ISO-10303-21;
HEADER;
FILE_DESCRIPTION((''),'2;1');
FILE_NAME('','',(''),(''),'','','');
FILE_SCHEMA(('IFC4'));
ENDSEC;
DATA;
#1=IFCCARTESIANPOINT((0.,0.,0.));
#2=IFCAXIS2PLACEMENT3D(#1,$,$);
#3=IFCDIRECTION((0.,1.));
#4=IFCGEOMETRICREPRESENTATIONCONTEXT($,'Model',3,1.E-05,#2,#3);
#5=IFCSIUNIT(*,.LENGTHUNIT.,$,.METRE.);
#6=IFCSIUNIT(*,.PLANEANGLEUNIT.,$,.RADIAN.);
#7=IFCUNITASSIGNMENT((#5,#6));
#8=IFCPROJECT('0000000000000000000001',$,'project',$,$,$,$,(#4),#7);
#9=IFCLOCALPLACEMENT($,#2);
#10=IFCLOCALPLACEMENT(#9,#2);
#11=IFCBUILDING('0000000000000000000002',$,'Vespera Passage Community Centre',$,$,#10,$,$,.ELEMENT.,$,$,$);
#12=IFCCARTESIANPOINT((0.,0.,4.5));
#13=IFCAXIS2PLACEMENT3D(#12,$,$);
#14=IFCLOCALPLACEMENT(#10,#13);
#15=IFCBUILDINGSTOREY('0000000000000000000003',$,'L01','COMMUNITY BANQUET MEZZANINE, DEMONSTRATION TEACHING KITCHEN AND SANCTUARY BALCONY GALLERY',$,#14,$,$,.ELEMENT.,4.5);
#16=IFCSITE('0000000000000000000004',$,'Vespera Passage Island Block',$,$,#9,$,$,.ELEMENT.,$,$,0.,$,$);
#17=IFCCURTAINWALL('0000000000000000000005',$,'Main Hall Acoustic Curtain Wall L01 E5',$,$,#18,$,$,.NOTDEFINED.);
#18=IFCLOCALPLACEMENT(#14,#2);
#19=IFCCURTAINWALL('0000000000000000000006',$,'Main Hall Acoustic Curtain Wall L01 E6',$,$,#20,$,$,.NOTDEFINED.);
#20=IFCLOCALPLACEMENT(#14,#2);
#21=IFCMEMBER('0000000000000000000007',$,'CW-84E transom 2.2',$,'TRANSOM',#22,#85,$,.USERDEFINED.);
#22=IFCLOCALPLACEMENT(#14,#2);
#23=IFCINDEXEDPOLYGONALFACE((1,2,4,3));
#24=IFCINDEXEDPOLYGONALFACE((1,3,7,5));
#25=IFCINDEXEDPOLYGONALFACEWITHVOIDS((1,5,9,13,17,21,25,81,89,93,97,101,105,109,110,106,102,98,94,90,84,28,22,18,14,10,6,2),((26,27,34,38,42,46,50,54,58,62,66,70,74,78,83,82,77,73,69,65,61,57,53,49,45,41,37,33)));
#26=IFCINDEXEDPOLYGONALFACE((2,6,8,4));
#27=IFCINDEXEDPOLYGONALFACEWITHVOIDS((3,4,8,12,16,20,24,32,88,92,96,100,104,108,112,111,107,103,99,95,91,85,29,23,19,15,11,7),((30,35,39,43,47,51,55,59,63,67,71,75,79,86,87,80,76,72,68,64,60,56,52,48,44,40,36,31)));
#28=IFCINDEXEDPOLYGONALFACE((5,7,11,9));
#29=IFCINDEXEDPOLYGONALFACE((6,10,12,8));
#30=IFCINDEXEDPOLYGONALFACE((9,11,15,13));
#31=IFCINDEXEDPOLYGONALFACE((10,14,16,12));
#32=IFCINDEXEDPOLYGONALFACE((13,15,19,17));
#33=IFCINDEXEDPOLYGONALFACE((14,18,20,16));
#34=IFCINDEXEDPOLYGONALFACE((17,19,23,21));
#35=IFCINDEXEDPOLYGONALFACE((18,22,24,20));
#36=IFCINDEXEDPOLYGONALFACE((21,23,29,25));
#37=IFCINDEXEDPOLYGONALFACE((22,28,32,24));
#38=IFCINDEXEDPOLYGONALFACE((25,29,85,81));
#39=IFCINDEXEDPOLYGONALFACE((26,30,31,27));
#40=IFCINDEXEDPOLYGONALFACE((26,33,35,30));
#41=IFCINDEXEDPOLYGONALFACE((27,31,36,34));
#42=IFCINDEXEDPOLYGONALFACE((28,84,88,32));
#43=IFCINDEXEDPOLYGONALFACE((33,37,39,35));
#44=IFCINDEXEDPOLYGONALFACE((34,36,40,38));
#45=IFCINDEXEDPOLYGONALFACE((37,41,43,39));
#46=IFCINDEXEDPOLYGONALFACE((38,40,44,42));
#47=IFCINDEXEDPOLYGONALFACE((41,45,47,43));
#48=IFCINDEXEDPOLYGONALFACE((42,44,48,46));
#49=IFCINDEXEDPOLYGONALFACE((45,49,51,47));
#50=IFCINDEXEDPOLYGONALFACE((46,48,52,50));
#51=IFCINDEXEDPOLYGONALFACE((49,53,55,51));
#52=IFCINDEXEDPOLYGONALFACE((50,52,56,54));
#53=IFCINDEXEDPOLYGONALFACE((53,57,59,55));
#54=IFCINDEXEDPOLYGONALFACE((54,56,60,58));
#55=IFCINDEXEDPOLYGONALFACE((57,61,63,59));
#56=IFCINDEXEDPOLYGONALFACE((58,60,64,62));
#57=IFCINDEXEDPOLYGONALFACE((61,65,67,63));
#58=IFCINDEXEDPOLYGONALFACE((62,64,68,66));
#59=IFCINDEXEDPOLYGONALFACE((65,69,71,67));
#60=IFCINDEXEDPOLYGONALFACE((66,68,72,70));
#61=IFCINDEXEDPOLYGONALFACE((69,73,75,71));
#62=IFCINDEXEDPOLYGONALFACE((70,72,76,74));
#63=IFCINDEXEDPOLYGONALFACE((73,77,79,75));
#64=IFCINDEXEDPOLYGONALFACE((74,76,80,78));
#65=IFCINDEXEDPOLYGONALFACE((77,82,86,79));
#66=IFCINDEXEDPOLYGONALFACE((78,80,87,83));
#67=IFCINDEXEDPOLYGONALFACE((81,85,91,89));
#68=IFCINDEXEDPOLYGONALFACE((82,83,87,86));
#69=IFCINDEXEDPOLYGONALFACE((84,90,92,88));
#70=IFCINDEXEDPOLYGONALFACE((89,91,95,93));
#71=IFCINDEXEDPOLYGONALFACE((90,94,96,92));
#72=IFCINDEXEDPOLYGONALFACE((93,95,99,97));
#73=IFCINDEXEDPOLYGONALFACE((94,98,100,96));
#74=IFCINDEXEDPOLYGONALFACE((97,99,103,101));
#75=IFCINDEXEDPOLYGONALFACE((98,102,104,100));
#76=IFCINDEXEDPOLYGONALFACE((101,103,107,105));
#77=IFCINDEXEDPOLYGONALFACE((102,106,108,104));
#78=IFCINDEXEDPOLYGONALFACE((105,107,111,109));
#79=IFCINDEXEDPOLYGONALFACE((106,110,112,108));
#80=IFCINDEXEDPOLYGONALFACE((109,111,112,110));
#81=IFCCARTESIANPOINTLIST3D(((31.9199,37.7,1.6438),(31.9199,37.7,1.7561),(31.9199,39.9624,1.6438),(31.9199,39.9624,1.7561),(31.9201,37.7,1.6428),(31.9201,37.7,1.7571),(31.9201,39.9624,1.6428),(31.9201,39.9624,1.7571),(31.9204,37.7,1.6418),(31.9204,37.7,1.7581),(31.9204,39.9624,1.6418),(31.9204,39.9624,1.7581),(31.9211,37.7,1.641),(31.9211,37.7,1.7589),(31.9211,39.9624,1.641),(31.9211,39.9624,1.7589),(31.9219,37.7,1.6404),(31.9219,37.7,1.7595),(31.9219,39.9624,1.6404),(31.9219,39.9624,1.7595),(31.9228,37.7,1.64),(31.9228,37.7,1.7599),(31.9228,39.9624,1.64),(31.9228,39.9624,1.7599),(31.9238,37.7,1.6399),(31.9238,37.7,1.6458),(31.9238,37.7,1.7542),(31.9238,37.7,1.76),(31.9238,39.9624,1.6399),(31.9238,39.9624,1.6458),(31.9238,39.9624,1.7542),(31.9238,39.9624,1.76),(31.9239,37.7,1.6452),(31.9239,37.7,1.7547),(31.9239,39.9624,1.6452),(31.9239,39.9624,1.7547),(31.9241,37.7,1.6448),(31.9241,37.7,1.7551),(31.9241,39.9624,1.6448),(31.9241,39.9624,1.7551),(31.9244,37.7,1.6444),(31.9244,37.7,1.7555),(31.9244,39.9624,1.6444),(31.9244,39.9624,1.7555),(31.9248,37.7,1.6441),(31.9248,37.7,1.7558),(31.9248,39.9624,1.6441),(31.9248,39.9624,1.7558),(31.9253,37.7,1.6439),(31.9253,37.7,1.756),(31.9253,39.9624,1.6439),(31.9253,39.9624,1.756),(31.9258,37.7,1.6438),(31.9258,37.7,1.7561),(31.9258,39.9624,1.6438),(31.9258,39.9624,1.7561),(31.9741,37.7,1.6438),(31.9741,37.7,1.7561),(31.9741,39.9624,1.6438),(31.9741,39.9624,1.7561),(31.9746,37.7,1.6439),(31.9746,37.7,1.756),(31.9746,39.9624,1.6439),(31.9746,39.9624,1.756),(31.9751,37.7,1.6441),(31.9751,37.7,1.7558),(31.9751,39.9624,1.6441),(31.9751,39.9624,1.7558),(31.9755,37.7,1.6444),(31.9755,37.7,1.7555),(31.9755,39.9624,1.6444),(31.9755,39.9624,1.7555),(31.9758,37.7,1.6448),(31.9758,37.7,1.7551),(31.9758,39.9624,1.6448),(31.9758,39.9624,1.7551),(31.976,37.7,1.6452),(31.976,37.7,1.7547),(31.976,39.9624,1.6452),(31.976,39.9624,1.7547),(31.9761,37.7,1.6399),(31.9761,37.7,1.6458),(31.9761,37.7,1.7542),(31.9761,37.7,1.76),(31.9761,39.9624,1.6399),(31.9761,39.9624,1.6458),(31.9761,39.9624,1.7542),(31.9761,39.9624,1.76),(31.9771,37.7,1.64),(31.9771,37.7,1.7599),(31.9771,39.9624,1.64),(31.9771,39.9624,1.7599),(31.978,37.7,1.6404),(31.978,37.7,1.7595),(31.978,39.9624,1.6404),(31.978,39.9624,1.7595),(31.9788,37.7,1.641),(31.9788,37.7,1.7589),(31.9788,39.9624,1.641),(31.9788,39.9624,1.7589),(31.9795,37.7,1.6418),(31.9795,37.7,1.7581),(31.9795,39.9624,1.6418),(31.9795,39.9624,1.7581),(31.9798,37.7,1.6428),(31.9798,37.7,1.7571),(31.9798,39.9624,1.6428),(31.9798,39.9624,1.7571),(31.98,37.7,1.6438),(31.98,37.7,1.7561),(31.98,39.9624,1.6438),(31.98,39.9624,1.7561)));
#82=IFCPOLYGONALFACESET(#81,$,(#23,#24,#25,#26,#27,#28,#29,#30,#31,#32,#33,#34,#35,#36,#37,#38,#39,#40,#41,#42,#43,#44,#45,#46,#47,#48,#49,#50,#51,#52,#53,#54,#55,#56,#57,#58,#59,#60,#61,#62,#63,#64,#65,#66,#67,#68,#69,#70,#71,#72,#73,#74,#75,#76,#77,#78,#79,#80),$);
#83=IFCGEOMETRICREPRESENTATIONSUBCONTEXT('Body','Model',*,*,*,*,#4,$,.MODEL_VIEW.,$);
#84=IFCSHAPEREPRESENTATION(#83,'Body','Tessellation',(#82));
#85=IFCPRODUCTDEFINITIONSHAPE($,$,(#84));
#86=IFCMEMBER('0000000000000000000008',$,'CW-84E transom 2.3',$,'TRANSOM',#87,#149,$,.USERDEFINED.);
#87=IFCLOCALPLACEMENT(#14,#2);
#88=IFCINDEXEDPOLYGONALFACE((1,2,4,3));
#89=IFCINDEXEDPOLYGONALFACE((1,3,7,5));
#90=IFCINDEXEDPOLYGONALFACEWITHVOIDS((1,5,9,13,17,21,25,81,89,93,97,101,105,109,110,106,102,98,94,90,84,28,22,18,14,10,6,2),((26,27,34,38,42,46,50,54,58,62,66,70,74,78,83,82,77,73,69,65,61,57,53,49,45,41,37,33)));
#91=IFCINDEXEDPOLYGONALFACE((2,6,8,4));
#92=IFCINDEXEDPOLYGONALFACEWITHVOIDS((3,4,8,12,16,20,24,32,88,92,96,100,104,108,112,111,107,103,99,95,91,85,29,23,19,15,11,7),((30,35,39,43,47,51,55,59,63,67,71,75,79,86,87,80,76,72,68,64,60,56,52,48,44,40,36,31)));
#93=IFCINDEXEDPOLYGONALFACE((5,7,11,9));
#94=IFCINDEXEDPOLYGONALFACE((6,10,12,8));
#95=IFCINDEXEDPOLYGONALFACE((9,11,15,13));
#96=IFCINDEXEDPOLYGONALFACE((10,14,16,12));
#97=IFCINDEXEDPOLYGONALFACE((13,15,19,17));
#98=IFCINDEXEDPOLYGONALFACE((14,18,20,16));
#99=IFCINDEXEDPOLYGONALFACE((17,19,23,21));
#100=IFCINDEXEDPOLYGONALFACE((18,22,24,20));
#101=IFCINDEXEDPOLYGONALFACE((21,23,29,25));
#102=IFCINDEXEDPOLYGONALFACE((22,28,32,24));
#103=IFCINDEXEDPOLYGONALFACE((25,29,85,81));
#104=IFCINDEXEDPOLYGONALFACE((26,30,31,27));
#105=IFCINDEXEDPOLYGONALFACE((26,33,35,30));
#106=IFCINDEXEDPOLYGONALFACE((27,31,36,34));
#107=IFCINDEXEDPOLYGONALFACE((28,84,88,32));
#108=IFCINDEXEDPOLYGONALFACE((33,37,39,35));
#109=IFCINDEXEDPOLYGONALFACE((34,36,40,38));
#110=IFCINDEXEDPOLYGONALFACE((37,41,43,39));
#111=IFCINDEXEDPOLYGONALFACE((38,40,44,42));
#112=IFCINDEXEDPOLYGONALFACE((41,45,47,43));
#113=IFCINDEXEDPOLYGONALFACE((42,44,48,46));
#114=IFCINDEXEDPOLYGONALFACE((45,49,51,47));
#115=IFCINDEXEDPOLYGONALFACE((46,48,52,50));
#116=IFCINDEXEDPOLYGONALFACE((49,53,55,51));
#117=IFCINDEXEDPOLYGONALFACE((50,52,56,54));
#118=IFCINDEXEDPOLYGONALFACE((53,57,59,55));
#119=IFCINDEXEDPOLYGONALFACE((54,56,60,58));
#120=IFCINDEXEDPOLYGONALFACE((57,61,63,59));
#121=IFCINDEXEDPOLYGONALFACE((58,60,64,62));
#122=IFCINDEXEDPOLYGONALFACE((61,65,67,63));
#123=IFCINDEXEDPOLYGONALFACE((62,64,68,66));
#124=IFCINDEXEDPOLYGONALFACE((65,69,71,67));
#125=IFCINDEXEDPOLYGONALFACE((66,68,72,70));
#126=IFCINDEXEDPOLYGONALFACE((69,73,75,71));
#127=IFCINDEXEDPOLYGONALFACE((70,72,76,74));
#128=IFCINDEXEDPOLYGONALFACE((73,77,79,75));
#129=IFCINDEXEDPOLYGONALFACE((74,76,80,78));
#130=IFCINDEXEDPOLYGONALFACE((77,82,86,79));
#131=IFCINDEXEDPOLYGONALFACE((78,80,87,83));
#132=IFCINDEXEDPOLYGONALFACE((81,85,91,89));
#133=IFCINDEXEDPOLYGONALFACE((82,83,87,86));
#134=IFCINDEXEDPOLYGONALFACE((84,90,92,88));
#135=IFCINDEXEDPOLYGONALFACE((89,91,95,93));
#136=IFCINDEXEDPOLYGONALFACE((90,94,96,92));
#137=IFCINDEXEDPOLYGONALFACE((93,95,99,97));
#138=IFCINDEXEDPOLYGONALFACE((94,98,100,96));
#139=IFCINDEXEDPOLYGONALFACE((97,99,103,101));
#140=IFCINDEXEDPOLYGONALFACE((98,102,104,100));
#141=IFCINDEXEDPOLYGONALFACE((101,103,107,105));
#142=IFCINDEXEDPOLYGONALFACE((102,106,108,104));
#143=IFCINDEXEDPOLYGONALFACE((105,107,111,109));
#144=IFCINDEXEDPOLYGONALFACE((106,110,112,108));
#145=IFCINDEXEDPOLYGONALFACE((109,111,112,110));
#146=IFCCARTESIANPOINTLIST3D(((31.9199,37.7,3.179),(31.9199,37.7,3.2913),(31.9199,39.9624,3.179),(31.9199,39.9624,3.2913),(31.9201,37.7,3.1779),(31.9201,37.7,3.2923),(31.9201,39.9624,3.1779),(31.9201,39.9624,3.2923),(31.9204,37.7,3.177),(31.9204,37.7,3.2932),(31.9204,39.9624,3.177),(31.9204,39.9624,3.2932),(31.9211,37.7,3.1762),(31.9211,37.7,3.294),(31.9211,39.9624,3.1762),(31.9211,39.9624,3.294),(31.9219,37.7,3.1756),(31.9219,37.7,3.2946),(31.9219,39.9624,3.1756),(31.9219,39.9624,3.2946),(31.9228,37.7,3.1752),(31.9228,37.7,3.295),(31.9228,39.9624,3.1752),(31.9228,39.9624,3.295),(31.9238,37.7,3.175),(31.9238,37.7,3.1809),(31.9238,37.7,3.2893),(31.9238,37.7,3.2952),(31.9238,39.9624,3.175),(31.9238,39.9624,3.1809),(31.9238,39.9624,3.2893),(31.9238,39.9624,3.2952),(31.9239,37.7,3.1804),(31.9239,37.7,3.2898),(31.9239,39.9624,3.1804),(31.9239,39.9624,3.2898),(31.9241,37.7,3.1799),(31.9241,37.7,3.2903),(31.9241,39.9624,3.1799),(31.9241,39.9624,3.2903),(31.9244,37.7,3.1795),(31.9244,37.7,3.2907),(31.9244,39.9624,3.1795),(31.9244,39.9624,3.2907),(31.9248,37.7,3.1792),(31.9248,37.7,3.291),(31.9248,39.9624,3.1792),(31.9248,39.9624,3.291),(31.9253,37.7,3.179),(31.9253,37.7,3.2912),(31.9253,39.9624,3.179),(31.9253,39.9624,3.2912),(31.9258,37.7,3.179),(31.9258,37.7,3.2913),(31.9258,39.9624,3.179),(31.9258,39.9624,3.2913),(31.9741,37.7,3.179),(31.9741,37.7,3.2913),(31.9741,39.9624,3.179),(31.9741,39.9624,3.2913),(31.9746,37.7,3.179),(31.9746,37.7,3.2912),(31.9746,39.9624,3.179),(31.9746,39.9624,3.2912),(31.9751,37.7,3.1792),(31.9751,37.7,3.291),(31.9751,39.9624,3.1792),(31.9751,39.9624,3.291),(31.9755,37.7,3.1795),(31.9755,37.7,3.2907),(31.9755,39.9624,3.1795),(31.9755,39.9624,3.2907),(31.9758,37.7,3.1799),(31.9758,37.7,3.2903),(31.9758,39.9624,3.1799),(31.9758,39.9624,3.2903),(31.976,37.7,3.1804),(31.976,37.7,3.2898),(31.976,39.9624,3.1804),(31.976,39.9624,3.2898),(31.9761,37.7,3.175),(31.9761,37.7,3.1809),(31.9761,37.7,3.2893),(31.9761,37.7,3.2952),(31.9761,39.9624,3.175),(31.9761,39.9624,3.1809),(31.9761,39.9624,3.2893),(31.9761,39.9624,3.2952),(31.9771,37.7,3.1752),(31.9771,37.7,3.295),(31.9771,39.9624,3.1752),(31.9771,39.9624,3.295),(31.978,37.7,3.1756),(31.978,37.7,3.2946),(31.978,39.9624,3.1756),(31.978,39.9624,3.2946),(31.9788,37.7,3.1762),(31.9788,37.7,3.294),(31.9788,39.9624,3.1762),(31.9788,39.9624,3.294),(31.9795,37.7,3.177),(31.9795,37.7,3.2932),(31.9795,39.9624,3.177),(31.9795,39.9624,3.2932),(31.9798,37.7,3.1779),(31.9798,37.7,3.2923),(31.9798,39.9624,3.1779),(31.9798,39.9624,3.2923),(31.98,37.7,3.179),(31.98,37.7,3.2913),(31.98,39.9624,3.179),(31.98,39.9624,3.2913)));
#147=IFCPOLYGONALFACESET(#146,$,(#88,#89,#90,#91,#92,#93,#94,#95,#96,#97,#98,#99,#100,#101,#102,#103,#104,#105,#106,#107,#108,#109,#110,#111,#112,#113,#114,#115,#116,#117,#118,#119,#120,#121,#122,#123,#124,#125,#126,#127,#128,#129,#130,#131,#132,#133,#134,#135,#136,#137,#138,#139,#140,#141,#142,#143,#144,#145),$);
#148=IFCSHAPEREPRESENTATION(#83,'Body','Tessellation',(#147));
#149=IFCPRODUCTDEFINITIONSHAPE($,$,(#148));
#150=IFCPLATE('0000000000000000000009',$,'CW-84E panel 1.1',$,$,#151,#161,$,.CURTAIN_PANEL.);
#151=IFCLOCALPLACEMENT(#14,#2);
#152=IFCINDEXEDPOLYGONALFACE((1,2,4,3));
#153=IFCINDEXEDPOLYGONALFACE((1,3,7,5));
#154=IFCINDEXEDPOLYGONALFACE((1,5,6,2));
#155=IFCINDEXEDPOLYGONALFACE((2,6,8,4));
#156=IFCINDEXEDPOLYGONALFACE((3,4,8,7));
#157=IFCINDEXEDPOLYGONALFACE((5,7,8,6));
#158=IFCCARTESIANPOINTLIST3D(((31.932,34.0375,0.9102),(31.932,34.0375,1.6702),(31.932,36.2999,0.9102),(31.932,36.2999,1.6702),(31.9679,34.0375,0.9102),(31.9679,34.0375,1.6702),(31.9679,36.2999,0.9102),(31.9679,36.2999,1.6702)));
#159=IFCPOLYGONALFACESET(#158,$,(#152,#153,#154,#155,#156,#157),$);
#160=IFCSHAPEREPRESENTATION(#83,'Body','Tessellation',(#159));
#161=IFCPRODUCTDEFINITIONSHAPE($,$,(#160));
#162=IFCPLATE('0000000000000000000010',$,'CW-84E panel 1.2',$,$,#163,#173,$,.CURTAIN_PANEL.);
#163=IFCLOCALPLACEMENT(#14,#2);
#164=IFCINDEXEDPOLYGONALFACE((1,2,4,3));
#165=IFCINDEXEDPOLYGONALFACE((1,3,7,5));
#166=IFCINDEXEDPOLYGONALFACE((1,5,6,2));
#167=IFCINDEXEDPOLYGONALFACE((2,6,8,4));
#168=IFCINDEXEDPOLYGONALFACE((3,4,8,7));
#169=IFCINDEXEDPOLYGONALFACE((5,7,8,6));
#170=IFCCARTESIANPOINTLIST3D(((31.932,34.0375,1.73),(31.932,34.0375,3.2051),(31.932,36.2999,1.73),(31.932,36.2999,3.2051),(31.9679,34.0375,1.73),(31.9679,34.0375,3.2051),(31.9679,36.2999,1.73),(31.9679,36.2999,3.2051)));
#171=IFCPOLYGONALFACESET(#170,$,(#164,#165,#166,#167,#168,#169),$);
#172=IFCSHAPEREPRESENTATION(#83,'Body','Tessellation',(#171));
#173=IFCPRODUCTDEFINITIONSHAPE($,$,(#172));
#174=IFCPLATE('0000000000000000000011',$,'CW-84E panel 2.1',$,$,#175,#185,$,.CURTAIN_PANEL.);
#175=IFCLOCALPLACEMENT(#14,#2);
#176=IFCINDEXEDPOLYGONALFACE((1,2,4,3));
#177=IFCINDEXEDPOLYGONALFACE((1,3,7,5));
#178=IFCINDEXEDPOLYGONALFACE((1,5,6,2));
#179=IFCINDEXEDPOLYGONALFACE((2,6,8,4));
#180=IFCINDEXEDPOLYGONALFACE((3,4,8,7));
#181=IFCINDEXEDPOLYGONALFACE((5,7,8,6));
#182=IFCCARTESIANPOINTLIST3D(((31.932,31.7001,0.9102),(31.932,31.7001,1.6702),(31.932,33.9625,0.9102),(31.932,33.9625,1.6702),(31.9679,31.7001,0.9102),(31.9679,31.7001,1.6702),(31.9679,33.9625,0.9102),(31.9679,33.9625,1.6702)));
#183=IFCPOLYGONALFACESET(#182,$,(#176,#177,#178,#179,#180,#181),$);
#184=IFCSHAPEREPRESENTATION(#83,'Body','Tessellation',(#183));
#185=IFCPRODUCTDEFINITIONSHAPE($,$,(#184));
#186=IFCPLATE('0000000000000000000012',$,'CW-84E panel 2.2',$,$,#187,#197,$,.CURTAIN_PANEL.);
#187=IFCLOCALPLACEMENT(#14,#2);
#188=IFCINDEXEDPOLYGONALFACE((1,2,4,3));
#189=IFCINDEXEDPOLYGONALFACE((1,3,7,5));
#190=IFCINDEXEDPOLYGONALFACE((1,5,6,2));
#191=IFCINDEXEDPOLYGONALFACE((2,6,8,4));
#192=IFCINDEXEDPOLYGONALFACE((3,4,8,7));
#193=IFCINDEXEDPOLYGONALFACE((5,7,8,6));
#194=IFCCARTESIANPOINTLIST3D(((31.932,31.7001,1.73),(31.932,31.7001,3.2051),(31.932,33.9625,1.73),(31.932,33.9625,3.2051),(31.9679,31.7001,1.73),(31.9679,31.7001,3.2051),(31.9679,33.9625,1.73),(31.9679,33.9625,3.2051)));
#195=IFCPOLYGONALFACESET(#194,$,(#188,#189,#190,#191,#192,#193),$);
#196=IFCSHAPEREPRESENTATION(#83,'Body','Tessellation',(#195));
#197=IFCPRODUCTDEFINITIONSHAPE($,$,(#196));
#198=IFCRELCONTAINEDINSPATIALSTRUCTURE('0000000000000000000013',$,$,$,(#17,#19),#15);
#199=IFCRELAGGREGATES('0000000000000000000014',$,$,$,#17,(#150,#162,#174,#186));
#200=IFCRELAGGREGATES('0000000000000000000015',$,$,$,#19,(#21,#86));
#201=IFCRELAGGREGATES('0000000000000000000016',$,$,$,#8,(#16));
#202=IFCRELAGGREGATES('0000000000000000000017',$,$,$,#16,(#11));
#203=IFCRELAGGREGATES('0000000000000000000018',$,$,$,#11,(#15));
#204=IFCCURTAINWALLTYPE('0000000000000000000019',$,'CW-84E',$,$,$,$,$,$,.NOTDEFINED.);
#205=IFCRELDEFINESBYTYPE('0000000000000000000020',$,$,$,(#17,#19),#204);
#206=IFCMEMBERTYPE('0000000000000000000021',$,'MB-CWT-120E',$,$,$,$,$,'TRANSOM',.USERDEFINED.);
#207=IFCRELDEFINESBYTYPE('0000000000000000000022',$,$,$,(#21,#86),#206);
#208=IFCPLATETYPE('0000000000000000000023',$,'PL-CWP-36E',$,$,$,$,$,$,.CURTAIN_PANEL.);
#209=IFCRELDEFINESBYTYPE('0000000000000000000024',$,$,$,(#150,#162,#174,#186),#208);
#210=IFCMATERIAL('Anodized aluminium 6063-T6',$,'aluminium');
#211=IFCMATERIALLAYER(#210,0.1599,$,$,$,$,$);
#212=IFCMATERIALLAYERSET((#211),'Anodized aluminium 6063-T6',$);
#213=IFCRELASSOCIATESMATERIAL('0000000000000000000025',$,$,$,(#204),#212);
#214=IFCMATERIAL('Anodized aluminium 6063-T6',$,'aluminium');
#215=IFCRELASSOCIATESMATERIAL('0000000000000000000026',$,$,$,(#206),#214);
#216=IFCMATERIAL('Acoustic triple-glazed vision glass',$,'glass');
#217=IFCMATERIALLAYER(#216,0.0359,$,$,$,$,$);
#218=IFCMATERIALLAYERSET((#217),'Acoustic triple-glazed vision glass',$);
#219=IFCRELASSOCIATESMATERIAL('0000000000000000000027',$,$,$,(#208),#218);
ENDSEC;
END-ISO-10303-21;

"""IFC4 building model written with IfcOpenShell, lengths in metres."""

from ifc_helpers import new_model, si_unit, direction, frame, origin, origin_2d, place, context, subcontext, project, spatial, rectangle, hollow_rectangle, extrude, material, layer, layer_set, material_profile, profile_set, type_object, element, aggregate, save


model = new_model("IFC4")

# Units and contexts
model_context = context("Model", 3, precision=1e-05, world=origin(), true_north=direction((0.0, 1.0)))
body_context = subcontext(model_context, "Body", "Model", "MODEL_VIEW")
ifc_project = project(units=[si_unit("LENGTHUNIT", "METRE"), si_unit("PLANEANGLEUNIT", "RADIAN")], contexts=[model_context])

# Site, building, storey
site_placement = place(None, origin())
site = spatial("IfcSite", under=ifc_project, at=site_placement, Name="Vespera Passage Island Block", CompositionType="ELEMENT", RefElevation=0.0)
building_placement = place(site_placement, origin())
building = spatial("IfcBuilding", under=site, at=building_placement, Name="Vespera Passage Community Centre", CompositionType="ELEMENT")
storey_placement = place(building_placement, frame((0.0, 0.0, 4.5)))
storey = spatial("IfcBuildingStorey", under=building, at=storey_placement, Name="L01", Description="COMMUNITY BANQUET MEZZANINE, DEMONSTRATION TEACHING KITCHEN AND SANCTUARY BALCONY GALLERY", CompositionType="ELEMENT", Elevation=4.5)

# Curtain wall
ifc_material_1 = material(Name="Anodized aluminium 6063-T6", Category="aluminium")
ifc_layer_1 = layer(ifc_material_1, 0.1599)
ifc_layer_set_1 = layer_set([ifc_layer_1], Name="Anodized aluminium 6063-T6")
curtain_wall_type = type_object("IfcCurtainWallType", Name="CW-84E", PredefinedType="NOTDEFINED", material=ifc_layer_set_1)
curtain_wall_1_placement = place(storey_placement, origin())
curtain_wall_1 = element("IfcCurtainWall", 1, at=curtain_wall_1_placement, inside=storey, type_object=curtain_wall_type, Name="Main Hall Acoustic Curtain Wall L01 E5", PredefinedType="NOTDEFINED")

# Curtain wall
curtain_wall_2_placement = place(storey_placement, origin())
curtain_wall_2 = element("IfcCurtainWall", 2, at=curtain_wall_2_placement, inside=storey, type_object=curtain_wall_type, Name="Main Hall Acoustic Curtain Wall L01 E6", PredefinedType="NOTDEFINED")

# Members
ifc_material_2 = material(Name="Anodized aluminium 6063-T6", Category="aluminium")
ifc_material_profile_1 = material_profile(ifc_material_2, hollow_rectangle(XDim=0.0601, YDim=0.1201, WallThickness=0.0039, InnerFilletRadius=0.002, OuterFilletRadius=0.0039, at=origin_2d()), Name="ALU120X60X4")
ifc_profile_set_1 = profile_set([ifc_material_profile_1], Name="Anodized aluminium 6063-T6")
member_type_1 = type_object("IfcMemberType", Name="MB-CWT-120E", ElementType="TRANSOM", PredefinedType="USERDEFINED", material=ifc_profile_set_1)
member_1_placement = place(storey_placement, frame((31.95, 39.9624, 1.7), z_axis=(0.0, -1.0, 0.0), x_axis=(1.0, 0.0, 0.0)))
member_1 = element("IfcMember", 3, at=member_1_placement, type_object=member_type_1, Name="CW-84E transom 2.2", ObjectType="TRANSOM", PredefinedType="USERDEFINED", context=body_context, shape_type="SweptSolid", body=[
    extrude(hollow_rectangle(XDim=0.0601, YDim=0.1201, WallThickness=0.0039, InnerFilletRadius=0.002, OuterFilletRadius=0.0039, at=origin_2d()), origin(), (0.0, 0.0, 1.0), 2.2625),
])
member_2_placement = place(storey_placement, frame((31.95, 39.9624, 3.2351), z_axis=(0.0, -1.0, 0.0), x_axis=(1.0, 0.0, 0.0)))
member_2 = element("IfcMember", 4, at=member_2_placement, type_object=member_type_1, Name="CW-84E transom 2.3", ObjectType="TRANSOM", PredefinedType="USERDEFINED", context=body_context, shape_type="SweptSolid", body=[
    extrude(hollow_rectangle(XDim=0.0601, YDim=0.1201, WallThickness=0.0039, InnerFilletRadius=0.002, OuterFilletRadius=0.0039, at=origin_2d()), origin(), (0.0, 0.0, 1.0), 2.2625),
])

# Plates
ifc_material_3 = material(Name="Acoustic triple-glazed vision glass", Category="glass")
ifc_layer_2 = layer(ifc_material_3, 0.0359)
ifc_layer_set_2 = layer_set([ifc_layer_2], Name="Acoustic triple-glazed vision glass")
plate_type = type_object("IfcPlateType", Name="PL-CWP-36E", PredefinedType="CURTAIN_PANEL", material=ifc_layer_set_2)
plate_1_placement = place(storey_placement, frame((31.95, 35.1687, 0.9102), z_axis=(0.0, 0.0, 1.0), x_axis=(0.0, -1.0, 0.0)))
plate_1 = element("IfcPlate", 5, at=plate_1_placement, type_object=plate_type, Name="CW-84E panel 1.1", PredefinedType="CURTAIN_PANEL", context=body_context, shape_type="SweptSolid", body=[
    extrude(rectangle(XDim=2.2625, YDim=0.0359, at=origin_2d()), origin(), (0.0, 0.0, 1.0), 0.76),
])
plate_2_placement = place(storey_placement, frame((31.95, 35.1687, 1.73), z_axis=(0.0, 0.0, 1.0), x_axis=(0.0, -1.0, 0.0)))
plate_2 = element("IfcPlate", 6, at=plate_2_placement, type_object=plate_type, Name="CW-84E panel 1.2", PredefinedType="CURTAIN_PANEL", context=body_context, shape_type="SweptSolid", body=[
    extrude(rectangle(XDim=2.2625, YDim=0.0359, at=origin_2d()), origin(), (0.0, 0.0, 1.0), 1.4751),
])
plate_3_placement = place(storey_placement, frame((31.95, 32.8313, 0.9102), z_axis=(0.0, 0.0, 1.0), x_axis=(0.0, -1.0, 0.0)))
plate_3 = element("IfcPlate", 7, at=plate_3_placement, type_object=plate_type, Name="CW-84E panel 2.1", PredefinedType="CURTAIN_PANEL", context=body_context, shape_type="SweptSolid", body=[
    extrude(rectangle(XDim=2.2625, YDim=0.0359, at=origin_2d()), origin(), (0.0, 0.0, 1.0), 0.76),
])
plate_4_placement = place(storey_placement, frame((31.95, 32.8313, 1.73), z_axis=(0.0, 0.0, 1.0), x_axis=(0.0, -1.0, 0.0)))
plate_4 = element("IfcPlate", 8, at=plate_4_placement, type_object=plate_type, Name="CW-84E panel 2.2", PredefinedType="CURTAIN_PANEL", context=body_context, shape_type="SweptSolid", body=[
    extrude(rectangle(XDim=2.2625, YDim=0.0359, at=origin_2d()), origin(), (0.0, 0.0, 1.0), 1.4751),
])
aggregate(curtain_wall_1, [plate_1, plate_2, plate_3, plate_4])
aggregate(curtain_wall_2, [member_1, member_2])

save(model, "model.ifc")
